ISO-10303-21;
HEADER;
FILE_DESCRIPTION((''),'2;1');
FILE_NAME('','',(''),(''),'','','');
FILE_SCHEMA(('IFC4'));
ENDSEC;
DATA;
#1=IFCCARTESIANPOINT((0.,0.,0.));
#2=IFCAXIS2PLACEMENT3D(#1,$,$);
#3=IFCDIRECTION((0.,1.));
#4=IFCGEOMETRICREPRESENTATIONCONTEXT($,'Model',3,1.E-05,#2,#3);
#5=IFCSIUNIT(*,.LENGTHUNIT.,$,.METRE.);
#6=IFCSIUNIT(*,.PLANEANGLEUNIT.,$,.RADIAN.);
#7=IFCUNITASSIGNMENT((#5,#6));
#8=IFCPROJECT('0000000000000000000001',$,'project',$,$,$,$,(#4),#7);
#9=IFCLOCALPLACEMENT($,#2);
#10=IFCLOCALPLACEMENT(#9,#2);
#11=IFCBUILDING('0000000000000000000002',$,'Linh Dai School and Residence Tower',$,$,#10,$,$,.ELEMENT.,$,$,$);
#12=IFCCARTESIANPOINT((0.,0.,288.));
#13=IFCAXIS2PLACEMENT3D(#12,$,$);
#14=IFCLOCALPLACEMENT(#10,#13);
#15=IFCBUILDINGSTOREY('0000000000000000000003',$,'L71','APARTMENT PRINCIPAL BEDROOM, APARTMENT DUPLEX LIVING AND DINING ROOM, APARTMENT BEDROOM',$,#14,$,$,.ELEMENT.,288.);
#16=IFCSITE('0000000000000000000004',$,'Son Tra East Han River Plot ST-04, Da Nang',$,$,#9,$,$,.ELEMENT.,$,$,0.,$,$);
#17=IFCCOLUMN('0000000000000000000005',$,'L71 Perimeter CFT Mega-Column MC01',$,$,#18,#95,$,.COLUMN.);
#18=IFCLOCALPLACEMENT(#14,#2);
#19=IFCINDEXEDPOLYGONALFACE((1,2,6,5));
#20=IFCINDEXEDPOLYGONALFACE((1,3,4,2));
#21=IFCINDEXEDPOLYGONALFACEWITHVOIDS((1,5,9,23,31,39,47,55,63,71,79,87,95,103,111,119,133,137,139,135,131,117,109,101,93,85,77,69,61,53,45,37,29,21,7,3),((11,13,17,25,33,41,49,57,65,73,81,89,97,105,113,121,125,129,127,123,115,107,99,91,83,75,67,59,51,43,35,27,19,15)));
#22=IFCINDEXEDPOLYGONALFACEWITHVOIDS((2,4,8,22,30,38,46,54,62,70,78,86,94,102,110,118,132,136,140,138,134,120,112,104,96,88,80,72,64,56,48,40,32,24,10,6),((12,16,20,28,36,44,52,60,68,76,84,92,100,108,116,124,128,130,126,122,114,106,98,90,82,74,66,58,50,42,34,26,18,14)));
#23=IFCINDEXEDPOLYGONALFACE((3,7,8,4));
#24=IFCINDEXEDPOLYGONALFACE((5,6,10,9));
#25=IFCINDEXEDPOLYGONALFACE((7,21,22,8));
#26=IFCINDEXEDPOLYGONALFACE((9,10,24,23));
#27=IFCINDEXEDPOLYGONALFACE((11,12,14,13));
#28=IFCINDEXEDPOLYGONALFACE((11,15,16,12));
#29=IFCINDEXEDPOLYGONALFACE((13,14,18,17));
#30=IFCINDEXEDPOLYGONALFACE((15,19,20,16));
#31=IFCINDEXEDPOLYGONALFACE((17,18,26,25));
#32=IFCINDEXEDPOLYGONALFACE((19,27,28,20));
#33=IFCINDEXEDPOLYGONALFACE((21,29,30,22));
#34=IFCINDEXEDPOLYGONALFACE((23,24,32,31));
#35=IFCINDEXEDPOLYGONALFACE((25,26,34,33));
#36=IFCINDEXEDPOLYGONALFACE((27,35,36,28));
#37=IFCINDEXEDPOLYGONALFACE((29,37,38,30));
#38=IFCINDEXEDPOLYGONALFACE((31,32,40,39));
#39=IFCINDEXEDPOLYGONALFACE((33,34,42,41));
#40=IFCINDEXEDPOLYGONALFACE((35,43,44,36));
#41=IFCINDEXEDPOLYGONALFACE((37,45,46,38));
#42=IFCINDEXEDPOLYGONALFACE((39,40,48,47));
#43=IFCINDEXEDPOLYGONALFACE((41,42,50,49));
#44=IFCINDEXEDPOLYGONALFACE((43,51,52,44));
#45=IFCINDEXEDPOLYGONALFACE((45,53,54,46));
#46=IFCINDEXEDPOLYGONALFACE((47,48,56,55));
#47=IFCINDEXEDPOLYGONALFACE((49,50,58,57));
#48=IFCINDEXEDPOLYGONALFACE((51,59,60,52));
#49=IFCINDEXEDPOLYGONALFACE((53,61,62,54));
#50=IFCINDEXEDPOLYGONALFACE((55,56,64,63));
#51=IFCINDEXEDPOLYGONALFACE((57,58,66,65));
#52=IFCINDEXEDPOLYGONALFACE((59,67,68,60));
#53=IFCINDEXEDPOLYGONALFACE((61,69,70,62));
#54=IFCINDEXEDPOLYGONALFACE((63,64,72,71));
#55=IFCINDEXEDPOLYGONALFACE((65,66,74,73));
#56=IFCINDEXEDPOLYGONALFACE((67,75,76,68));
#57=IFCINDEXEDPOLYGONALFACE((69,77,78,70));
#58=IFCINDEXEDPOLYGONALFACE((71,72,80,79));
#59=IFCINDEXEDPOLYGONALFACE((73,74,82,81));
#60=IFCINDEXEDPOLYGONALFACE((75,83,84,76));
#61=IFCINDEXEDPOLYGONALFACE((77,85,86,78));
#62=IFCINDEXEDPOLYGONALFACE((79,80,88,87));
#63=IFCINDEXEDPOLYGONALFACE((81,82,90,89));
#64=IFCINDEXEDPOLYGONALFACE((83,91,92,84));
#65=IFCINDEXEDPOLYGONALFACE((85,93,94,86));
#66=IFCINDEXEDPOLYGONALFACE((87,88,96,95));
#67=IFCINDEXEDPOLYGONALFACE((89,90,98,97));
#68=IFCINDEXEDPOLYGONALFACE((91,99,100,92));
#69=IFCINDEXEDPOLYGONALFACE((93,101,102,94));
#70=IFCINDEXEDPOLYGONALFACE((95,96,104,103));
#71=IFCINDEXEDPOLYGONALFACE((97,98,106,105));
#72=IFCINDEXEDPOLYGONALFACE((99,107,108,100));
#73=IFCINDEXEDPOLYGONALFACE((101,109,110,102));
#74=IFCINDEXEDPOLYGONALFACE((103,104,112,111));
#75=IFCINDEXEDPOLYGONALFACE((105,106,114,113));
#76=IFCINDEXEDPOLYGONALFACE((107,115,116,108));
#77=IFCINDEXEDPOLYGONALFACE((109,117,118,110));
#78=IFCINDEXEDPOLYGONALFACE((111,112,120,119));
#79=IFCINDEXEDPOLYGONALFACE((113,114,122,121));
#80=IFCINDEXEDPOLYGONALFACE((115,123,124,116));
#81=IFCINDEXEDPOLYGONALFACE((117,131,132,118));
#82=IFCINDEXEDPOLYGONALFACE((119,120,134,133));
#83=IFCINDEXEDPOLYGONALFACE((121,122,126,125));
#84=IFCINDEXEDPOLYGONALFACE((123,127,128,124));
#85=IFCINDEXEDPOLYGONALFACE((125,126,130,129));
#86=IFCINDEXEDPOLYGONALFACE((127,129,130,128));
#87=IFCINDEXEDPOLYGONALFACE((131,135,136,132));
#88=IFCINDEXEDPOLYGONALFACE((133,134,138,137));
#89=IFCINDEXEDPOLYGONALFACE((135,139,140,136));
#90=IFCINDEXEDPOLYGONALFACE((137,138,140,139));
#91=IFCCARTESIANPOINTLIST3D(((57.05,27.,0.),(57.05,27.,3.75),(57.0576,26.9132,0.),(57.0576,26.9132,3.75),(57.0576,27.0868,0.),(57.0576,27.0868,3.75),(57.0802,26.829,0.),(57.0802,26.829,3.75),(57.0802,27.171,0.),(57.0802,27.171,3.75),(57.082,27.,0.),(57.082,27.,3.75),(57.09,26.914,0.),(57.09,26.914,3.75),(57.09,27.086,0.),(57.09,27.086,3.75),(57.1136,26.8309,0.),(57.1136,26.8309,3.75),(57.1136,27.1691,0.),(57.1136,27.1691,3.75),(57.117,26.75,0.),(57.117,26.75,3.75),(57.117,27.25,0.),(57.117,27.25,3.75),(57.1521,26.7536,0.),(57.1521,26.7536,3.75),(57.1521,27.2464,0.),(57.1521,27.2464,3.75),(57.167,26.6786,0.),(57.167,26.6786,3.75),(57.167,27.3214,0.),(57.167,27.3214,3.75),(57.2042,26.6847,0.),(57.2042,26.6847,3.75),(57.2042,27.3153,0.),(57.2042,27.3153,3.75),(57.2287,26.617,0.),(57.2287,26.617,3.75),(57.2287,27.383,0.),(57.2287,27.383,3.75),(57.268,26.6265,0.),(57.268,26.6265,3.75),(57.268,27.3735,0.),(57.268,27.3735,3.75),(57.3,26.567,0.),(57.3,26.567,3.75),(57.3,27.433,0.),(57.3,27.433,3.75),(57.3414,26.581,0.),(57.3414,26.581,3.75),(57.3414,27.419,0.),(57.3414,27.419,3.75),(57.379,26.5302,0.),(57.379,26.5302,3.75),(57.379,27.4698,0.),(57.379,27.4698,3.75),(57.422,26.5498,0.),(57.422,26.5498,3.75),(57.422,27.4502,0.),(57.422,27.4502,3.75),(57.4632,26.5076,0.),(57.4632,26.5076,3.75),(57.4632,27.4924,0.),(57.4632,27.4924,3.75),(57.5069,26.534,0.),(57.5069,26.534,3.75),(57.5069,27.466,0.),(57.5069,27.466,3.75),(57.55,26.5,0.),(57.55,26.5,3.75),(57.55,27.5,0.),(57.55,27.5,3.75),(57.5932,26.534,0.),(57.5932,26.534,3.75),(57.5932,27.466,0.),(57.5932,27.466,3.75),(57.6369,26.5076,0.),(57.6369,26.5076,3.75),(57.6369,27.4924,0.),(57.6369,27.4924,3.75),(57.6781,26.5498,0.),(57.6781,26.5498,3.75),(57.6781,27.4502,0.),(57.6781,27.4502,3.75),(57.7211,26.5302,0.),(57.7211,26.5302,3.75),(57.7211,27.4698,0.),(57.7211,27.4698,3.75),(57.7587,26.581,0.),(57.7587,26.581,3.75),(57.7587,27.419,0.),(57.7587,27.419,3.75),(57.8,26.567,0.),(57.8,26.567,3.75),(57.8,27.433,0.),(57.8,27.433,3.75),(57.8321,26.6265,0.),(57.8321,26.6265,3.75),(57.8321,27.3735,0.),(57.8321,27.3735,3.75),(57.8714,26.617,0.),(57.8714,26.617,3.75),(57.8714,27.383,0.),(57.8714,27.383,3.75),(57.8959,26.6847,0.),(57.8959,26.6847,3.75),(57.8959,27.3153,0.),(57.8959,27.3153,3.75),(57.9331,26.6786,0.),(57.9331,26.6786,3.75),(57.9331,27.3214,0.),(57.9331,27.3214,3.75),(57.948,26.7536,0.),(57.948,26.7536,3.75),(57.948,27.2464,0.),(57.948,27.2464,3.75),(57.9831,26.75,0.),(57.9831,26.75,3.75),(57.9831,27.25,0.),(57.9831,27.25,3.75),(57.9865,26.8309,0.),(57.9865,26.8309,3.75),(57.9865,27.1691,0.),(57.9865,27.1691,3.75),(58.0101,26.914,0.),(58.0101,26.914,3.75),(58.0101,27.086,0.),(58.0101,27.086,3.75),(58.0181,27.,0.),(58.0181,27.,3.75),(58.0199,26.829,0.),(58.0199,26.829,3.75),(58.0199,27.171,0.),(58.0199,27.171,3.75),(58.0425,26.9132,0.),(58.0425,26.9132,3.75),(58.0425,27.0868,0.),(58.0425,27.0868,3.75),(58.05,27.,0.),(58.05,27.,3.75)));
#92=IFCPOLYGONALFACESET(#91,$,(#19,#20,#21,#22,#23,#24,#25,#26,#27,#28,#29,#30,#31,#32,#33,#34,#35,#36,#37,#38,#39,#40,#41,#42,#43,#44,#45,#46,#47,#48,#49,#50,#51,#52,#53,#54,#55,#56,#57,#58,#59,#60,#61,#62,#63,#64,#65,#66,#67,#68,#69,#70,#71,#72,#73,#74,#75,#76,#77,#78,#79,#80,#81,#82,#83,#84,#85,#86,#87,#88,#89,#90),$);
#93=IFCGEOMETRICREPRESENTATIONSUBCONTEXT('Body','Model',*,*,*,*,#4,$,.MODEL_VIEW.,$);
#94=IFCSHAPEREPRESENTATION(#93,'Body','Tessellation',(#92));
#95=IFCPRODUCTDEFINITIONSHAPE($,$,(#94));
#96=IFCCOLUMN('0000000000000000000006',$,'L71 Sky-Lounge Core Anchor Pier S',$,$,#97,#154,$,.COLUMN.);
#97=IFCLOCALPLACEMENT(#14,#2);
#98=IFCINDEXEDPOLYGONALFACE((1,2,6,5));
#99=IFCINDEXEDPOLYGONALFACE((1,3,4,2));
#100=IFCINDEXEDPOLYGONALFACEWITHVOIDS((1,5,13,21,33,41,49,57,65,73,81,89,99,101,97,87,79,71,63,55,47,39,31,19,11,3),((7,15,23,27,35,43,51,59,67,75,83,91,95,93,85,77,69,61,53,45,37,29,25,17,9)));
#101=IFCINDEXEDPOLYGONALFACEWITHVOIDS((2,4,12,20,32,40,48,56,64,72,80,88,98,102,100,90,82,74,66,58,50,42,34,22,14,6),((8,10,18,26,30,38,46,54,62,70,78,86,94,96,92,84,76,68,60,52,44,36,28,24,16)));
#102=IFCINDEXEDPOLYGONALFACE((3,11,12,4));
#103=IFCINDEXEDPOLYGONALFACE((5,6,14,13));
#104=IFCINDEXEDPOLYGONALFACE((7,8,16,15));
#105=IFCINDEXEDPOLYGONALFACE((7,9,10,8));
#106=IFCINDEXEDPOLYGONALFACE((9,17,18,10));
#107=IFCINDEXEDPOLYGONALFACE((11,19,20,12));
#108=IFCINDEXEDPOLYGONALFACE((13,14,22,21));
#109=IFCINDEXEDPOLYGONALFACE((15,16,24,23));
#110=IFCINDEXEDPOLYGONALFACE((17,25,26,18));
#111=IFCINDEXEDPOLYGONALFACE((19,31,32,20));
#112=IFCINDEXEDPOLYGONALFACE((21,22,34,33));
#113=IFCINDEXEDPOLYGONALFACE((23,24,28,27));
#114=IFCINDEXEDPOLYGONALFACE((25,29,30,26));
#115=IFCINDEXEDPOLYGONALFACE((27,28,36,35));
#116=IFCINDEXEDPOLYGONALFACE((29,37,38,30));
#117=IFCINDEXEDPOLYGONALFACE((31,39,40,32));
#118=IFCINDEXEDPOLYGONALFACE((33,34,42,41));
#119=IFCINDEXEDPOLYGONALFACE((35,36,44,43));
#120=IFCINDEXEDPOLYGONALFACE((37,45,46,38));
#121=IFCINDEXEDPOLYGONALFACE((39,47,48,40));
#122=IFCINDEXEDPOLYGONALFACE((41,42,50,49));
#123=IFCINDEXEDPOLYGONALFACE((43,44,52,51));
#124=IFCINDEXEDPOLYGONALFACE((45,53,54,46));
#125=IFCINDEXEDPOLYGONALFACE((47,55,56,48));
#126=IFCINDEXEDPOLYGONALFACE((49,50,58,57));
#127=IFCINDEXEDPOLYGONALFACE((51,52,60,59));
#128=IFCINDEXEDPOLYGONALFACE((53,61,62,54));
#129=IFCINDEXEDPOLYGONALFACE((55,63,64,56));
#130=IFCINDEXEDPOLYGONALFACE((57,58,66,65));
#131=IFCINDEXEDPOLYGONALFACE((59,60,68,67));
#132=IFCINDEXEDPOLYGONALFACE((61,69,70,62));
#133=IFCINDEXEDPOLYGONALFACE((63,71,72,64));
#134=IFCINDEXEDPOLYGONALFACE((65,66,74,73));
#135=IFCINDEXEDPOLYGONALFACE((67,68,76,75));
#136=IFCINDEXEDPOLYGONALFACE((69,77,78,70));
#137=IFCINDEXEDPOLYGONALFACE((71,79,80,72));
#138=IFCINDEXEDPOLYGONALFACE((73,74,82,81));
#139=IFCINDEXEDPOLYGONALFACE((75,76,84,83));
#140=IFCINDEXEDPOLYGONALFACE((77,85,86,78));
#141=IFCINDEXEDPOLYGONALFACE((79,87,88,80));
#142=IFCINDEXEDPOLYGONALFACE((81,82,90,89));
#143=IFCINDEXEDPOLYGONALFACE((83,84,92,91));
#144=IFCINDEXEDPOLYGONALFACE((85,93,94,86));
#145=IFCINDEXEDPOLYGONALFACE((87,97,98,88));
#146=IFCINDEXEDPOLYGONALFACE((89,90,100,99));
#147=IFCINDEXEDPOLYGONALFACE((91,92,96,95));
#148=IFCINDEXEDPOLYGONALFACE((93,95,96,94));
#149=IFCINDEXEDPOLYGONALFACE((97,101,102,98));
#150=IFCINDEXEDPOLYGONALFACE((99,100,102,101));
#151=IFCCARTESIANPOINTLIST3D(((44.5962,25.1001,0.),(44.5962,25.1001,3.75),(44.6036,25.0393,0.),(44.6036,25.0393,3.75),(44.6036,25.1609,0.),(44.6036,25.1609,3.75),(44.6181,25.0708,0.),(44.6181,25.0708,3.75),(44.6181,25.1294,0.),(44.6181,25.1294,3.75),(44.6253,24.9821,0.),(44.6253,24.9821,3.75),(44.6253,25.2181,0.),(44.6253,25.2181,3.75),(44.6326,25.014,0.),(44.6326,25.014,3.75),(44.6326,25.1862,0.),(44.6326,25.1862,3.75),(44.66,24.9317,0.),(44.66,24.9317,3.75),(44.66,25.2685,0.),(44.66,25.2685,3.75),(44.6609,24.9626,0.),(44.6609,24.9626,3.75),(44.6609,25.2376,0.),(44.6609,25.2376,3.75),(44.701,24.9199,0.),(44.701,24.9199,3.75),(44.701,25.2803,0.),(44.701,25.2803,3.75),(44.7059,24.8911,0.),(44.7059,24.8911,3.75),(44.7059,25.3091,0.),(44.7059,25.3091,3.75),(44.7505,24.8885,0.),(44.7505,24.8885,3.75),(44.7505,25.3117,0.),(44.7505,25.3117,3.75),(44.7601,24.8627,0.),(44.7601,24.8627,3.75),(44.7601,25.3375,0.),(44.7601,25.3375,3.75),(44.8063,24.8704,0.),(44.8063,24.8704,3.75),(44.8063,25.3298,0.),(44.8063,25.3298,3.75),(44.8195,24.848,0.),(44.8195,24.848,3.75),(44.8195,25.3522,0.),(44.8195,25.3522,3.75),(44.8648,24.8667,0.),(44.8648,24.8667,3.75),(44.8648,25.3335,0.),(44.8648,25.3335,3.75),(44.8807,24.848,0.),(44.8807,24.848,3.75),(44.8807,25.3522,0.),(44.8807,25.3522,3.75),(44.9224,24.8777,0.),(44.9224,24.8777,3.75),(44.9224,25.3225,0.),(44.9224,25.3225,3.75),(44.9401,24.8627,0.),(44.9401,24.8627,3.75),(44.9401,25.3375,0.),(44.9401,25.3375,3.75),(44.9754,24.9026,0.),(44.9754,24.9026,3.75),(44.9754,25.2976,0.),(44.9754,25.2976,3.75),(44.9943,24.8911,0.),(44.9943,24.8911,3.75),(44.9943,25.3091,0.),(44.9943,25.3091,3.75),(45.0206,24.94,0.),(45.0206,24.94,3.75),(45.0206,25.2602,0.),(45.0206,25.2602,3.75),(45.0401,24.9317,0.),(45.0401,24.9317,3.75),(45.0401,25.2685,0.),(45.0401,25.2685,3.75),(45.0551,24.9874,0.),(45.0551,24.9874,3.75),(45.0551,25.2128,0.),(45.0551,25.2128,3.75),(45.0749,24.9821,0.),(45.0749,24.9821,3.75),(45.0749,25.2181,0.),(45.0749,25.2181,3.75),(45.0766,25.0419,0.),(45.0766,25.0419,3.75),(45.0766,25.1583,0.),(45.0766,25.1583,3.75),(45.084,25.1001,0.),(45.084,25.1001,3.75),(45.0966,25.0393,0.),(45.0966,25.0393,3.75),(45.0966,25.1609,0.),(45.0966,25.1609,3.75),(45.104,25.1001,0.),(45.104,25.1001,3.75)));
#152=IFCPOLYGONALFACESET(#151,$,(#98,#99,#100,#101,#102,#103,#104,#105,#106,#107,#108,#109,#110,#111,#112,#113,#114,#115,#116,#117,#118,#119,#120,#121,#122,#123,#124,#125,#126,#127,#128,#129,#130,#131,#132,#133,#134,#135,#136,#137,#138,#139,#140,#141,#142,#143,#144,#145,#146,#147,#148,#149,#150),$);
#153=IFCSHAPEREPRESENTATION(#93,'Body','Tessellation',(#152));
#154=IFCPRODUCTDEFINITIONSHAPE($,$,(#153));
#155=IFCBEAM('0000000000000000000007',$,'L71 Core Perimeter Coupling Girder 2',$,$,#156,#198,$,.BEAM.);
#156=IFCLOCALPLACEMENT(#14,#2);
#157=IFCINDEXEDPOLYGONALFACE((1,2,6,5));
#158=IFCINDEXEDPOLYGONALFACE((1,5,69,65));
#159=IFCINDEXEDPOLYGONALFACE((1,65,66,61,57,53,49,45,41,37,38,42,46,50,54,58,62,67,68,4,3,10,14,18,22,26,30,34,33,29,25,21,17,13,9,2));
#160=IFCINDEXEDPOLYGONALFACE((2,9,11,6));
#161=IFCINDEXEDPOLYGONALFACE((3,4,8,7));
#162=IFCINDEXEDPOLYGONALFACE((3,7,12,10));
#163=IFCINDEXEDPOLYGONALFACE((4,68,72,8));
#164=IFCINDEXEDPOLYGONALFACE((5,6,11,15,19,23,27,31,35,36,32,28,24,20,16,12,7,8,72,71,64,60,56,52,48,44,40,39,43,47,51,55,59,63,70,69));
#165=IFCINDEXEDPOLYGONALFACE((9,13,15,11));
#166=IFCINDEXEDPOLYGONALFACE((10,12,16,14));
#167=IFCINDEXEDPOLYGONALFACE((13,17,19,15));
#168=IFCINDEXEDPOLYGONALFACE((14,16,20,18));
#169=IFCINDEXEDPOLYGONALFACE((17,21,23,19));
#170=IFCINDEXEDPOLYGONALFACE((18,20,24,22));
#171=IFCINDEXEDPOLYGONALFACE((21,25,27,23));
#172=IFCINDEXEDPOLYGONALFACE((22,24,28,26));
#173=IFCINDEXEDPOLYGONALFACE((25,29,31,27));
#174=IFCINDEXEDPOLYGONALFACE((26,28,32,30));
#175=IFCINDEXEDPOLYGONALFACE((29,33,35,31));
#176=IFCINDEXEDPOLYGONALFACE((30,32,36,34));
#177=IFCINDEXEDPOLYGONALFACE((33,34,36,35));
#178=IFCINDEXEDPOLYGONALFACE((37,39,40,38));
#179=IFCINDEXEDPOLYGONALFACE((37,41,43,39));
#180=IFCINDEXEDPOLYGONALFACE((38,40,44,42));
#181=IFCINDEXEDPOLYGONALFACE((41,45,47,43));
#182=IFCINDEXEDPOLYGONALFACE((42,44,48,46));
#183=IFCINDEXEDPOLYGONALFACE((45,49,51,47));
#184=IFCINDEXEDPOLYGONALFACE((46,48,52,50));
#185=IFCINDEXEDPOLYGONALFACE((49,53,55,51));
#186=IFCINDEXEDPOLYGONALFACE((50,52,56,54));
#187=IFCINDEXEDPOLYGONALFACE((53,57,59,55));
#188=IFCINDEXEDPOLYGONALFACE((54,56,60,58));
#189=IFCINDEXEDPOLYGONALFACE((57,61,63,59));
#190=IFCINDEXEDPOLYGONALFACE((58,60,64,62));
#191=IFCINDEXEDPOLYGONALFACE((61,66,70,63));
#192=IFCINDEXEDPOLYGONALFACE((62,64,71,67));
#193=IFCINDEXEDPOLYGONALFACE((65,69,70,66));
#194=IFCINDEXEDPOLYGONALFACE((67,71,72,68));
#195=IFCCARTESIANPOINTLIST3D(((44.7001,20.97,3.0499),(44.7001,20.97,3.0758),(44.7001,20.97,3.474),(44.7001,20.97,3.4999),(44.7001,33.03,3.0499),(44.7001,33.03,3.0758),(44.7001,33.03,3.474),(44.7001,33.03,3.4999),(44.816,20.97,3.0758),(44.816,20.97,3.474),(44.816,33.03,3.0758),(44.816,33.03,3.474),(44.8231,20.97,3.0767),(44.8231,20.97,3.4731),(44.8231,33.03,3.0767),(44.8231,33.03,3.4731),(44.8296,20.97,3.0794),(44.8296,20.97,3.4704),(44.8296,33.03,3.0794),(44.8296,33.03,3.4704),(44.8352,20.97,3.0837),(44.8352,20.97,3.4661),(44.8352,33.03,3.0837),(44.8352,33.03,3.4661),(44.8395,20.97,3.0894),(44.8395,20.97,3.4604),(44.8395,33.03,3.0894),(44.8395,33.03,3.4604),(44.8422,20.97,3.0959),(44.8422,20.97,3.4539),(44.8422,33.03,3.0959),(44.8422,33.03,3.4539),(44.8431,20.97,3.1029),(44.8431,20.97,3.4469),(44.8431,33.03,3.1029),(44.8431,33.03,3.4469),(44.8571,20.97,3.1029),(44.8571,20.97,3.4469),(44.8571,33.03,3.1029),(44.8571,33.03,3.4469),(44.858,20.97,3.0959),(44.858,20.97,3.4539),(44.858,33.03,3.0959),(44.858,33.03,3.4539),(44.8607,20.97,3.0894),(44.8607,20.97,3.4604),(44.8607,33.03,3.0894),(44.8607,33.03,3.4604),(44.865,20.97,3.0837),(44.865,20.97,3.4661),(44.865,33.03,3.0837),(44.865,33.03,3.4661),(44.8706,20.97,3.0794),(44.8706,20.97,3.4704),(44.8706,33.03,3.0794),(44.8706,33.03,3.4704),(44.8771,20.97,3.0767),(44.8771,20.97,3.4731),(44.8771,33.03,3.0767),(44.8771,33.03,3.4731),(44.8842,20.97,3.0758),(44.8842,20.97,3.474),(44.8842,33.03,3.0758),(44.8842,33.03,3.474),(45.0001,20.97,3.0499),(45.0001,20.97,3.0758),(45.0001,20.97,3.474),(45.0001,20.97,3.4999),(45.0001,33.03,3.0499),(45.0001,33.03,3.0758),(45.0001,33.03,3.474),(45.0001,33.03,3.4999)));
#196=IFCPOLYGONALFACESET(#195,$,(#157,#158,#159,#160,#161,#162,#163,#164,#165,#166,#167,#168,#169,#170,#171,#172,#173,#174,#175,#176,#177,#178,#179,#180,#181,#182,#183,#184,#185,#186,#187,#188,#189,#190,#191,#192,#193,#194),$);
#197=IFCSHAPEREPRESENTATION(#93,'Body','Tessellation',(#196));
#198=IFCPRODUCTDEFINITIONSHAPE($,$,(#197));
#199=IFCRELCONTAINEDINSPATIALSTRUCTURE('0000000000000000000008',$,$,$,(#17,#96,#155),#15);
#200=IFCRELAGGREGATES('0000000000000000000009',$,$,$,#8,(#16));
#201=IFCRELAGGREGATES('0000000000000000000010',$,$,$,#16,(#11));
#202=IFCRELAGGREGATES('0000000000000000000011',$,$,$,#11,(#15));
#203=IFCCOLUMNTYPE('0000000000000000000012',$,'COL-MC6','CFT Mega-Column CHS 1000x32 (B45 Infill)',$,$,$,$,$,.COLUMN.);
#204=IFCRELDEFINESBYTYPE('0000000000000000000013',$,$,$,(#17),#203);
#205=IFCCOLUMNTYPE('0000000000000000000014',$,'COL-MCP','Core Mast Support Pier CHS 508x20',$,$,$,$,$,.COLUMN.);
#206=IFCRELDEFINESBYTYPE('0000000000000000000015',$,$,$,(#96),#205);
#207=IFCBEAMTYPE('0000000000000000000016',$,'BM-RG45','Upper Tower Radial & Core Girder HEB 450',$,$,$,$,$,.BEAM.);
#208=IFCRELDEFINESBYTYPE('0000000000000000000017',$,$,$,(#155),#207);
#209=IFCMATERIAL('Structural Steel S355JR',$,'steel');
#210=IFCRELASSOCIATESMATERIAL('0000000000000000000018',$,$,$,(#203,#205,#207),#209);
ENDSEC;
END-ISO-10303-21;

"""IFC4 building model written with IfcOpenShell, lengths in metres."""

from ifc_helpers import new_model, si_unit, direction, frame, origin, origin_2d, place, context, subcontext, project, spatial, hollow_circle, i_section, extrude, material, material_profile, profile_set, type_object, element, save


model = new_model("IFC4")

# Units and contexts
model_context = context("Model", 3, precision=1e-05, world=origin(), true_north=direction((0.0, 1.0)))
body_context = subcontext(model_context, "Body", "Model", "MODEL_VIEW")
ifc_project = project(units=[si_unit("LENGTHUNIT", "METRE"), si_unit("PLANEANGLEUNIT", "RADIAN")], contexts=[model_context])

# Site, building, storey
site_placement = place(None, origin())
site = spatial("IfcSite", under=ifc_project, at=site_placement, Name="Son Tra East Han River Plot ST-04, Da Nang", CompositionType="ELEMENT", RefElevation=0.0)
building_placement = place(site_placement, origin())
building = spatial("IfcBuilding", under=site, at=building_placement, Name="Linh Dai School and Residence Tower", CompositionType="ELEMENT")
storey_placement = place(building_placement, frame((0.0, 0.0, 288.0)))
storey = spatial("IfcBuildingStorey", under=building, at=storey_placement, Name="L71", Description="APARTMENT PRINCIPAL BEDROOM, APARTMENT DUPLEX LIVING AND DINING ROOM, APARTMENT BEDROOM", CompositionType="ELEMENT", Elevation=288.0)

# Columns
ifc_material_1 = material(Name="Structural Steel S355JR", Category="steel")
ifc_material_profile_1 = material_profile(ifc_material_1, hollow_circle(Radius=0.5, WallThickness=0.032, at=origin_2d()), Name="CHS 1000x32")
ifc_profile_set_1 = profile_set([ifc_material_profile_1], Name="Structural Steel S355JR")
column_type_1 = type_object("IfcColumnType", Name="COL-MC6", Description="CFT Mega-Column CHS 1000x32 (B45 Infill)", PredefinedType="COLUMN", material=ifc_profile_set_1)
column_1_placement = place(storey_placement, frame((57.55, 27.0, 0.0), z_axis=(0.0, 0.0, 1.0), x_axis=(1.0, 0.0, 0.0)))
element("IfcColumn", 1, at=column_1_placement, inside=storey, type_object=column_type_1, Name="L71 Perimeter CFT Mega-Column MC01", PredefinedType="COLUMN", context=body_context, shape_type="SweptSolid", body=[
    extrude(hollow_circle(Radius=0.5, WallThickness=0.032, at=origin_2d()), origin(), (0.0, 0.0, 1.0), 3.75),
])
ifc_material_profile_2 = material_profile(ifc_material_1, hollow_circle(Radius=0.2539, WallThickness=0.02, at=origin_2d()), Name="CHS 508x20")
ifc_profile_set_2 = profile_set([ifc_material_profile_2], Name="Structural Steel S355JR")
column_type_2 = type_object("IfcColumnType", Name="COL-MCP", Description="Core Mast Support Pier CHS 508x20", PredefinedType="COLUMN", material=ifc_profile_set_2)
column_2_placement = place(storey_placement, frame((44.8501, 25.1001, 0.0), z_axis=(0.0, 0.0, 1.0), x_axis=(1.0, 0.0, 0.0)))
element("IfcColumn", 2, at=column_2_placement, inside=storey, type_object=column_type_2, Name="L71 Sky-Lounge Core Anchor Pier S", PredefinedType="COLUMN", context=body_context, shape_type="SweptSolid", body=[
    extrude(hollow_circle(Radius=0.2539, WallThickness=0.02, at=origin_2d()), origin(), (0.0, 0.0, 1.0), 3.75),
])

# Beam
ifc_material_profile_3 = material_profile(ifc_material_1, i_section(OverallWidth=0.3, OverallDepth=0.45, WebThickness=0.0139, FlangeThickness=0.0259, FilletRadius=0.0271, at=origin_2d()), Name="HEB 450")
ifc_profile_set_3 = profile_set([ifc_material_profile_3], Name="Structural Steel S355JR")
beam_type_1 = type_object("IfcBeamType", Name="BM-RG45", Description="Upper Tower Radial & Core Girder HEB 450", PredefinedType="BEAM", material=ifc_profile_set_3)
beam_1_placement = place(storey_placement, frame((44.8501, 20.97, 3.2749), z_axis=(0.0, 1.0, 0.0), x_axis=(-1.0, 0.0, 0.0)))
element("IfcBeam", 3, at=beam_1_placement, inside=storey, type_object=beam_type_1, Name="L71 Core Perimeter Coupling Girder 2", PredefinedType="BEAM", context=body_context, shape_type="SweptSolid", body=[
    extrude(i_section(OverallWidth=0.3, OverallDepth=0.45, WebThickness=0.0139, FlangeThickness=0.0259, FilletRadius=0.0271, at=origin_2d()), origin(), (0.0, 0.0, 1.0), 12.0601),
])

save(model, "model.ifc")
